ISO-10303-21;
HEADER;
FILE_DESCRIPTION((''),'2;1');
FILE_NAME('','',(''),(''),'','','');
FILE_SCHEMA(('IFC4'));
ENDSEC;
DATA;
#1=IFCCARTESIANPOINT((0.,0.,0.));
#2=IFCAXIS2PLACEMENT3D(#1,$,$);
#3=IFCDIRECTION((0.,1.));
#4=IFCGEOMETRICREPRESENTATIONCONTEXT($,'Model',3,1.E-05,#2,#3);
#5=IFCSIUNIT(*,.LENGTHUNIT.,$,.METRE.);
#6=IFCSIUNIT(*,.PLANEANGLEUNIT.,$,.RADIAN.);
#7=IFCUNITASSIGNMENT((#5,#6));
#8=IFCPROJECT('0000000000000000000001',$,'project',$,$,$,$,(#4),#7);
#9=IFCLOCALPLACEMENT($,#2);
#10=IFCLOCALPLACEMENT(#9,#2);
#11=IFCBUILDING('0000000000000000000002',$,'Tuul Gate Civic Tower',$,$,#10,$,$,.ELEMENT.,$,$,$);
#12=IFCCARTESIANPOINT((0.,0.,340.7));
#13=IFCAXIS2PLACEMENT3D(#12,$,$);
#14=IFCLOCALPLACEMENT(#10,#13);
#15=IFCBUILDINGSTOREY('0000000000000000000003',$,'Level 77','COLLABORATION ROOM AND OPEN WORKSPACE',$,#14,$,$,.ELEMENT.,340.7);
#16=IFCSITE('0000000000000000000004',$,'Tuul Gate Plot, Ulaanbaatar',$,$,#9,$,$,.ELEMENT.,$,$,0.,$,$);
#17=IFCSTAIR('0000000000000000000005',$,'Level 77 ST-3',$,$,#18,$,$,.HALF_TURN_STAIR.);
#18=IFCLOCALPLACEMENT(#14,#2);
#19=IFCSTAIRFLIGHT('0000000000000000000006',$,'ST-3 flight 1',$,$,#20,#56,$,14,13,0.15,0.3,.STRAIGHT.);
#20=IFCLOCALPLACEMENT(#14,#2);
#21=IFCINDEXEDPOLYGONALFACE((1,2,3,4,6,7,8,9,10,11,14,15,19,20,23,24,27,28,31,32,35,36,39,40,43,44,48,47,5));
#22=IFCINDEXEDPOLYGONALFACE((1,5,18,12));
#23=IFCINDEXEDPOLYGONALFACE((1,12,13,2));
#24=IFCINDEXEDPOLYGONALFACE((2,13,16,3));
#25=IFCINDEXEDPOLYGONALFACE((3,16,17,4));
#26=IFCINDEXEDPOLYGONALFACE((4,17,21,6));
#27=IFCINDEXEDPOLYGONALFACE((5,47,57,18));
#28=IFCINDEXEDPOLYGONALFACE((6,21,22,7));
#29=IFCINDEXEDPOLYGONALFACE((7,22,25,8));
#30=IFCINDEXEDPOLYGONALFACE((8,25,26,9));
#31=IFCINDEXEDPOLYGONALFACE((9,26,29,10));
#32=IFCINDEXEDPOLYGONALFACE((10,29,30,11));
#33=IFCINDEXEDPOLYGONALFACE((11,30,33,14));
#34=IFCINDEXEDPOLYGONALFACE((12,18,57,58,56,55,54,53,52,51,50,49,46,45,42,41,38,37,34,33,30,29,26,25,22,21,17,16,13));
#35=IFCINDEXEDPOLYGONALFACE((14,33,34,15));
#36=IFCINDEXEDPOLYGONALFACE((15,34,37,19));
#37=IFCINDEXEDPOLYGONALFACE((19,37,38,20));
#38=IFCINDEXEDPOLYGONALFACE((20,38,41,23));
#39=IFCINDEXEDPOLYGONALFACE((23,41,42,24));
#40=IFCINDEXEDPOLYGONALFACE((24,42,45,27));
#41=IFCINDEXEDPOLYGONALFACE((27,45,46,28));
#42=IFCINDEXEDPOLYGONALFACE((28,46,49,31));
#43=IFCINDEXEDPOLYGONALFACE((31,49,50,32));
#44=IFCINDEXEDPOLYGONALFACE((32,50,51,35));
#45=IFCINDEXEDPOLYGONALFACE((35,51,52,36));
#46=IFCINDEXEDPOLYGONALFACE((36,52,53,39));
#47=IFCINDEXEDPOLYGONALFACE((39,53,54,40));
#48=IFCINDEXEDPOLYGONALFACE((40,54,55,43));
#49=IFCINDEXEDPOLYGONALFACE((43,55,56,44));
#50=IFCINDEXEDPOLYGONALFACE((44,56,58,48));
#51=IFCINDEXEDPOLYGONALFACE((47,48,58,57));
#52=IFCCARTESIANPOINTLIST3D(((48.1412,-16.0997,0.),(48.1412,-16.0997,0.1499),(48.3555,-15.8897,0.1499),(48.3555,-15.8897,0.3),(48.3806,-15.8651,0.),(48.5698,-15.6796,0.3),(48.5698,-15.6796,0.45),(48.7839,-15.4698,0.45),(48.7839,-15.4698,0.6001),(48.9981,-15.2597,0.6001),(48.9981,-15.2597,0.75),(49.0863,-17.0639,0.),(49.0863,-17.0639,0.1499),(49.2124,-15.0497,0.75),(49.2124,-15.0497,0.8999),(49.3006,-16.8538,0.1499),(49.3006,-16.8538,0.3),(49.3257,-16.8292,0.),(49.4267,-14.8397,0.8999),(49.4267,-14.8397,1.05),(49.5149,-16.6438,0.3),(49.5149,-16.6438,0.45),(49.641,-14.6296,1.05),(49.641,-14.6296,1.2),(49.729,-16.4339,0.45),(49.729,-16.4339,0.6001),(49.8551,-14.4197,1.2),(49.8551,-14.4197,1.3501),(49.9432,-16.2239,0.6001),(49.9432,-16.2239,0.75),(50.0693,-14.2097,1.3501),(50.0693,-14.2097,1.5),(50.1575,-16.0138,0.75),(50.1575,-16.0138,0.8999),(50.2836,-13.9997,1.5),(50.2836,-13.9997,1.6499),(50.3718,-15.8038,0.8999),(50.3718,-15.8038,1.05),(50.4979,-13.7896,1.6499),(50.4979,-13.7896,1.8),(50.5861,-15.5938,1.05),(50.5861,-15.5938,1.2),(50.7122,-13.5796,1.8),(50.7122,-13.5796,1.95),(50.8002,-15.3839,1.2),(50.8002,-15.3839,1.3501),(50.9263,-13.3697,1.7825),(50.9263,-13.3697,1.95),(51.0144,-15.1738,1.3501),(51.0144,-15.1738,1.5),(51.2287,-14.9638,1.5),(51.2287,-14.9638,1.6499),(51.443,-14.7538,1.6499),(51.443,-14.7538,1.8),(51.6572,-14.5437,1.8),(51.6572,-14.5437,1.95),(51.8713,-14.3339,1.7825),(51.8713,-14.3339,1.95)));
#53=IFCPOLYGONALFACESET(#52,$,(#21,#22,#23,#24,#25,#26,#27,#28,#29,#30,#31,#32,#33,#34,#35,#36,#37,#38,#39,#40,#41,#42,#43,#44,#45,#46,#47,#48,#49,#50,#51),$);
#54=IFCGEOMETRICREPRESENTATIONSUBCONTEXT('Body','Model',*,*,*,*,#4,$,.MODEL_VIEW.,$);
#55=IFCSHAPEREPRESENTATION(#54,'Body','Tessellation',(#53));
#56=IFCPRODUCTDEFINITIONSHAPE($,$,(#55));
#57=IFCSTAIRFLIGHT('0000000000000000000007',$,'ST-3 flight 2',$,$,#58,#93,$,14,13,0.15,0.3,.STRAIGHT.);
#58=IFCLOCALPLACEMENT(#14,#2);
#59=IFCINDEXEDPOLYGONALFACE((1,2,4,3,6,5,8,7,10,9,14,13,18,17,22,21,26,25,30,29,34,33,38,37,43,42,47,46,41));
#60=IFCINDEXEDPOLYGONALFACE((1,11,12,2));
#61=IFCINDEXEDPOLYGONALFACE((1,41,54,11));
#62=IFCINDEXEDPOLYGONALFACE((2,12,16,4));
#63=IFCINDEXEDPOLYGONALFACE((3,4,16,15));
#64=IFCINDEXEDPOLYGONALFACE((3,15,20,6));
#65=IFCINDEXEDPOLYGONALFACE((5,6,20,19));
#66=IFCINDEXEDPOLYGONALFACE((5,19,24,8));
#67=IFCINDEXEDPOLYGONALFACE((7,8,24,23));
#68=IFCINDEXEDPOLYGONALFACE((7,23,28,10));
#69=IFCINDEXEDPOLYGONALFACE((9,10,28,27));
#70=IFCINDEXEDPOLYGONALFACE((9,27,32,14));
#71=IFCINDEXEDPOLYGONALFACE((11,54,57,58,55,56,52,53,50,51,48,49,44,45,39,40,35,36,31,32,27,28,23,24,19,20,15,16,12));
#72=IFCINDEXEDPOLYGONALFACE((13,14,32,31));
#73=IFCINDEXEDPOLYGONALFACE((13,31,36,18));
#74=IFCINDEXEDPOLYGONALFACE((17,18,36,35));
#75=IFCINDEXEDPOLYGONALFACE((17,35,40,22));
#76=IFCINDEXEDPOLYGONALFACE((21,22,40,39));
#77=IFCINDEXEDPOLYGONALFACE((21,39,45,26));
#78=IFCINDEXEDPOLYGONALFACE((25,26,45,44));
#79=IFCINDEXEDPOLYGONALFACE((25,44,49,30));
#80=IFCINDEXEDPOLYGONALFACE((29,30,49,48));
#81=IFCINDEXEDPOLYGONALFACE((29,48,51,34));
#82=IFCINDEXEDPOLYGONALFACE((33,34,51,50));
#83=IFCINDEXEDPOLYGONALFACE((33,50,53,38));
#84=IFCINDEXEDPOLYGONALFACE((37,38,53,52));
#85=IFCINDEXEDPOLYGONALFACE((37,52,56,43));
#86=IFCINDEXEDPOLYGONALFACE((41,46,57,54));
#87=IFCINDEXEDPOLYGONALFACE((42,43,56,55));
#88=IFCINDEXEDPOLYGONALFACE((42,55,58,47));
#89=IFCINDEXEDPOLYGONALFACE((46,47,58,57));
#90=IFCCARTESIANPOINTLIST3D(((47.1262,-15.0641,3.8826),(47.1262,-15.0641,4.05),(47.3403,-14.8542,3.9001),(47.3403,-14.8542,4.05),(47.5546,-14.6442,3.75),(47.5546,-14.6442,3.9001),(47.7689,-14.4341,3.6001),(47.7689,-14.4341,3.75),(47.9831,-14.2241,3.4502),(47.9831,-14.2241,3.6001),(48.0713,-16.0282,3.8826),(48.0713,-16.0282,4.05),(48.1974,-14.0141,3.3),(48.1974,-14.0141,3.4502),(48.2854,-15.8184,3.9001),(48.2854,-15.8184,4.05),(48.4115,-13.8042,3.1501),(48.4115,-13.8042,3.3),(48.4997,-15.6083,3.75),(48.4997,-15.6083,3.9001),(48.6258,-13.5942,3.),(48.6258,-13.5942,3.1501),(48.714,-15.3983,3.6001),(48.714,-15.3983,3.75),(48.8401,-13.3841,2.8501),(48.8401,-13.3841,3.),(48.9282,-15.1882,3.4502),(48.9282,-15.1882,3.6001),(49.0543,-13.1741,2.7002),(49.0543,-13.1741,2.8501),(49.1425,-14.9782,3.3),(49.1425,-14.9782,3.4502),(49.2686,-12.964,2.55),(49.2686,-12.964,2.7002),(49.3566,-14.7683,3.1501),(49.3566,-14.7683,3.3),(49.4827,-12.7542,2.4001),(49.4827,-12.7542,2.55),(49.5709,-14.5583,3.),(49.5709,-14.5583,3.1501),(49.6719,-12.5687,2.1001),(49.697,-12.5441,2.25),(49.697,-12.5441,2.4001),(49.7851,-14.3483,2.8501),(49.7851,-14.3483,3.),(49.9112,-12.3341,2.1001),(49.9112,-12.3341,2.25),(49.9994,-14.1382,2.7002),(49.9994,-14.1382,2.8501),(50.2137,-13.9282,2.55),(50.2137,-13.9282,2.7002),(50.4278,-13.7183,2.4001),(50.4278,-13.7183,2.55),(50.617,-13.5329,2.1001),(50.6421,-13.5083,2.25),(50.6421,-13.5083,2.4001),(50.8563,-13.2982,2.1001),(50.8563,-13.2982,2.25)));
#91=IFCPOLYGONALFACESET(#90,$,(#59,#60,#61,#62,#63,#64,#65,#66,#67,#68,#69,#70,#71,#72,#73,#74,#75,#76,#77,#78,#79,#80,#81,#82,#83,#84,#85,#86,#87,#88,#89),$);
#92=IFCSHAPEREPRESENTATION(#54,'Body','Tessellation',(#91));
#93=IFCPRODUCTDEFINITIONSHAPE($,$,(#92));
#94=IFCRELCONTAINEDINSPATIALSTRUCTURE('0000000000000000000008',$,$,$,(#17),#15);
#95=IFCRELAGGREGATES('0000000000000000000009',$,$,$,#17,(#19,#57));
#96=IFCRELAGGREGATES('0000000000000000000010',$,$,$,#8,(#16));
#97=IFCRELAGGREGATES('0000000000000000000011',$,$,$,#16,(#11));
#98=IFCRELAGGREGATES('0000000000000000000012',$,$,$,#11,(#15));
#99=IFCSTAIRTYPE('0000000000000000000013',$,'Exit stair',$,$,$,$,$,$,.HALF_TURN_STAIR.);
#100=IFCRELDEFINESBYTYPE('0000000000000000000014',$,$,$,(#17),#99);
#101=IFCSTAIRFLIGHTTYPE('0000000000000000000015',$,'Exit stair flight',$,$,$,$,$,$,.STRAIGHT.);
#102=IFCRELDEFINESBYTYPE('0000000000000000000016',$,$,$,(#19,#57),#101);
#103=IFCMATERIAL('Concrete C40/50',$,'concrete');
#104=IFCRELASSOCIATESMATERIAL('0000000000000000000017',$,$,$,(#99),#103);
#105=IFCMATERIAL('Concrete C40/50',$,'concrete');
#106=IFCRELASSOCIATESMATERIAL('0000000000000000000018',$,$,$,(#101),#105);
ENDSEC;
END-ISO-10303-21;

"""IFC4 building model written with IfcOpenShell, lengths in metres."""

from ifc_helpers import new_model, si_unit, direction, frame, origin, place, context, subcontext, project, spatial, polyline, outline, extrude, material, type_object, element, aggregate, save


model = new_model("IFC4")

# Units and contexts
model_context = context("Model", 3, precision=1e-05, world=origin(), true_north=direction((0.0, 1.0)))
body_context = subcontext(model_context, "Body", "Model", "MODEL_VIEW")
ifc_project = project(units=[si_unit("LENGTHUNIT", "METRE"), si_unit("PLANEANGLEUNIT", "RADIAN")], contexts=[model_context])

# Site, building, storey
site_placement = place(None, origin())
site = spatial("IfcSite", under=ifc_project, at=site_placement, Name="Tuul Gate Plot, Ulaanbaatar", CompositionType="ELEMENT", RefElevation=0.0)
building_placement = place(site_placement, origin())
building = spatial("IfcBuilding", under=site, at=building_placement, Name="Tuul Gate Civic Tower", CompositionType="ELEMENT")
storey_placement = place(building_placement, frame((0.0, 0.0, 340.7)))
storey = spatial("IfcBuildingStorey", under=building, at=storey_placement, Name="Level 77", Description="COLLABORATION ROOM AND OPEN WORKSPACE", CompositionType="ELEMENT", Elevation=340.7)

# Stair, stair flights
ifc_material_1 = material(Name="Concrete C40/50", Category="concrete")
stair_type = type_object("IfcStairType", Name="Exit stair", PredefinedType="HALF_TURN_STAIR", material=ifc_material_1)
stair_placement = place(storey_placement, origin())
stair = element("IfcStair", 1, at=stair_placement, inside=storey, type_object=stair_type, Name="Level 77 ST-3", PredefinedType="HALF_TURN_STAIR")
ifc_material_2 = material(Name="Concrete C40/50", Category="concrete")
stair_flight_type = type_object("IfcStairFlightType", Name="Exit stair flight", PredefinedType="STRAIGHT", material=ifc_material_2)
stair_flight_1_placement = place(storey_placement, frame((48.6138, -16.5818, 0.0), z_axis=(0.0, 0.0, 1.0), x_axis=(0.714127, 0.700016, 0.0)))
stair_flight_1 = element("IfcStairFlight", 2, at=stair_flight_1_placement, type_object=stair_flight_type, Name="ST-3 flight 1", NumberOfRisers=14, NumberOfTreads=13, PredefinedType="STRAIGHT", RiserHeight=0.15, TreadLength=0.3, context=body_context, shape_type="SweptSolid", body=[
    extrude(outline(polyline([(0.0, 0.0), (0.0, 0.1499), (0.3, 0.1499), (0.3, 0.3), (0.6001, 0.3), (0.6001, 0.45), (0.8999, 0.45), (0.8999, 0.6001), (1.2, 0.6001), (1.2, 0.75), (1.5, 0.75), (1.5, 0.8999), (1.8, 0.8999), (1.8, 1.05), (2.1001, 1.05), (2.1001, 1.2), (2.3999, 1.2), (2.3999, 1.3501), (2.7, 1.3501), (2.7, 1.5), (3.0, 1.5), (3.0, 1.6499), (3.3, 1.6499), (3.3, 1.8), (3.6001, 1.8), (3.6001, 1.95), (3.8999, 1.95), (3.8999, 2.1001), (3.8999, 1.7825), (0.3352, 0.0), (0.0, 0.0)])), frame((0.0, 0.675, 0.0), z_axis=(0.0, -1.0, 0.0), x_axis=(1.0, 0.0, 0.0)), (0.0, 0.0, 1.0), 1.3501),
])
stair_flight_2_placement = place(storey_placement, frame((50.3838, -12.8162, 2.1001), z_axis=(0.0, 0.0, 1.0), x_axis=(-0.714127, -0.700016, 0.0)))
stair_flight_2 = element("IfcStairFlight", 3, at=stair_flight_2_placement, type_object=stair_flight_type, Name="ST-3 flight 2", NumberOfRisers=14, NumberOfTreads=13, PredefinedType="STRAIGHT", RiserHeight=0.15, TreadLength=0.3, context=body_context, shape_type="SweptSolid", body=[
    extrude(outline(polyline([(0.0, 0.0), (0.0, 0.1499), (0.3, 0.1499), (0.3, 0.3), (0.6001, 0.3), (0.6001, 0.45), (0.8999, 0.45), (0.8999, 0.6001), (1.2, 0.6001), (1.2, 0.75), (1.5, 0.75), (1.5, 0.8999), (1.8, 0.8999), (1.8, 1.05), (2.1001, 1.05), (2.1001, 1.2), (2.3999, 1.2), (2.3999, 1.3501), (2.7, 1.3501), (2.7, 1.5), (3.0, 1.5), (3.0, 1.6499), (3.3, 1.6499), (3.3, 1.8), (3.6001, 1.8), (3.6001, 1.95), (3.8999, 1.95), (3.8999, 2.1001), (3.8999, 1.7825), (0.3352, 0.0), (0.0, 0.0)])), frame((0.0, 0.675, 0.0), z_axis=(0.0, -1.0, 0.0), x_axis=(1.0, 0.0, 0.0)), (0.0, 0.0, 1.0), 1.3501),
])
aggregate(stair, [stair_flight_1, stair_flight_2])

save(model, "model.ifc")
